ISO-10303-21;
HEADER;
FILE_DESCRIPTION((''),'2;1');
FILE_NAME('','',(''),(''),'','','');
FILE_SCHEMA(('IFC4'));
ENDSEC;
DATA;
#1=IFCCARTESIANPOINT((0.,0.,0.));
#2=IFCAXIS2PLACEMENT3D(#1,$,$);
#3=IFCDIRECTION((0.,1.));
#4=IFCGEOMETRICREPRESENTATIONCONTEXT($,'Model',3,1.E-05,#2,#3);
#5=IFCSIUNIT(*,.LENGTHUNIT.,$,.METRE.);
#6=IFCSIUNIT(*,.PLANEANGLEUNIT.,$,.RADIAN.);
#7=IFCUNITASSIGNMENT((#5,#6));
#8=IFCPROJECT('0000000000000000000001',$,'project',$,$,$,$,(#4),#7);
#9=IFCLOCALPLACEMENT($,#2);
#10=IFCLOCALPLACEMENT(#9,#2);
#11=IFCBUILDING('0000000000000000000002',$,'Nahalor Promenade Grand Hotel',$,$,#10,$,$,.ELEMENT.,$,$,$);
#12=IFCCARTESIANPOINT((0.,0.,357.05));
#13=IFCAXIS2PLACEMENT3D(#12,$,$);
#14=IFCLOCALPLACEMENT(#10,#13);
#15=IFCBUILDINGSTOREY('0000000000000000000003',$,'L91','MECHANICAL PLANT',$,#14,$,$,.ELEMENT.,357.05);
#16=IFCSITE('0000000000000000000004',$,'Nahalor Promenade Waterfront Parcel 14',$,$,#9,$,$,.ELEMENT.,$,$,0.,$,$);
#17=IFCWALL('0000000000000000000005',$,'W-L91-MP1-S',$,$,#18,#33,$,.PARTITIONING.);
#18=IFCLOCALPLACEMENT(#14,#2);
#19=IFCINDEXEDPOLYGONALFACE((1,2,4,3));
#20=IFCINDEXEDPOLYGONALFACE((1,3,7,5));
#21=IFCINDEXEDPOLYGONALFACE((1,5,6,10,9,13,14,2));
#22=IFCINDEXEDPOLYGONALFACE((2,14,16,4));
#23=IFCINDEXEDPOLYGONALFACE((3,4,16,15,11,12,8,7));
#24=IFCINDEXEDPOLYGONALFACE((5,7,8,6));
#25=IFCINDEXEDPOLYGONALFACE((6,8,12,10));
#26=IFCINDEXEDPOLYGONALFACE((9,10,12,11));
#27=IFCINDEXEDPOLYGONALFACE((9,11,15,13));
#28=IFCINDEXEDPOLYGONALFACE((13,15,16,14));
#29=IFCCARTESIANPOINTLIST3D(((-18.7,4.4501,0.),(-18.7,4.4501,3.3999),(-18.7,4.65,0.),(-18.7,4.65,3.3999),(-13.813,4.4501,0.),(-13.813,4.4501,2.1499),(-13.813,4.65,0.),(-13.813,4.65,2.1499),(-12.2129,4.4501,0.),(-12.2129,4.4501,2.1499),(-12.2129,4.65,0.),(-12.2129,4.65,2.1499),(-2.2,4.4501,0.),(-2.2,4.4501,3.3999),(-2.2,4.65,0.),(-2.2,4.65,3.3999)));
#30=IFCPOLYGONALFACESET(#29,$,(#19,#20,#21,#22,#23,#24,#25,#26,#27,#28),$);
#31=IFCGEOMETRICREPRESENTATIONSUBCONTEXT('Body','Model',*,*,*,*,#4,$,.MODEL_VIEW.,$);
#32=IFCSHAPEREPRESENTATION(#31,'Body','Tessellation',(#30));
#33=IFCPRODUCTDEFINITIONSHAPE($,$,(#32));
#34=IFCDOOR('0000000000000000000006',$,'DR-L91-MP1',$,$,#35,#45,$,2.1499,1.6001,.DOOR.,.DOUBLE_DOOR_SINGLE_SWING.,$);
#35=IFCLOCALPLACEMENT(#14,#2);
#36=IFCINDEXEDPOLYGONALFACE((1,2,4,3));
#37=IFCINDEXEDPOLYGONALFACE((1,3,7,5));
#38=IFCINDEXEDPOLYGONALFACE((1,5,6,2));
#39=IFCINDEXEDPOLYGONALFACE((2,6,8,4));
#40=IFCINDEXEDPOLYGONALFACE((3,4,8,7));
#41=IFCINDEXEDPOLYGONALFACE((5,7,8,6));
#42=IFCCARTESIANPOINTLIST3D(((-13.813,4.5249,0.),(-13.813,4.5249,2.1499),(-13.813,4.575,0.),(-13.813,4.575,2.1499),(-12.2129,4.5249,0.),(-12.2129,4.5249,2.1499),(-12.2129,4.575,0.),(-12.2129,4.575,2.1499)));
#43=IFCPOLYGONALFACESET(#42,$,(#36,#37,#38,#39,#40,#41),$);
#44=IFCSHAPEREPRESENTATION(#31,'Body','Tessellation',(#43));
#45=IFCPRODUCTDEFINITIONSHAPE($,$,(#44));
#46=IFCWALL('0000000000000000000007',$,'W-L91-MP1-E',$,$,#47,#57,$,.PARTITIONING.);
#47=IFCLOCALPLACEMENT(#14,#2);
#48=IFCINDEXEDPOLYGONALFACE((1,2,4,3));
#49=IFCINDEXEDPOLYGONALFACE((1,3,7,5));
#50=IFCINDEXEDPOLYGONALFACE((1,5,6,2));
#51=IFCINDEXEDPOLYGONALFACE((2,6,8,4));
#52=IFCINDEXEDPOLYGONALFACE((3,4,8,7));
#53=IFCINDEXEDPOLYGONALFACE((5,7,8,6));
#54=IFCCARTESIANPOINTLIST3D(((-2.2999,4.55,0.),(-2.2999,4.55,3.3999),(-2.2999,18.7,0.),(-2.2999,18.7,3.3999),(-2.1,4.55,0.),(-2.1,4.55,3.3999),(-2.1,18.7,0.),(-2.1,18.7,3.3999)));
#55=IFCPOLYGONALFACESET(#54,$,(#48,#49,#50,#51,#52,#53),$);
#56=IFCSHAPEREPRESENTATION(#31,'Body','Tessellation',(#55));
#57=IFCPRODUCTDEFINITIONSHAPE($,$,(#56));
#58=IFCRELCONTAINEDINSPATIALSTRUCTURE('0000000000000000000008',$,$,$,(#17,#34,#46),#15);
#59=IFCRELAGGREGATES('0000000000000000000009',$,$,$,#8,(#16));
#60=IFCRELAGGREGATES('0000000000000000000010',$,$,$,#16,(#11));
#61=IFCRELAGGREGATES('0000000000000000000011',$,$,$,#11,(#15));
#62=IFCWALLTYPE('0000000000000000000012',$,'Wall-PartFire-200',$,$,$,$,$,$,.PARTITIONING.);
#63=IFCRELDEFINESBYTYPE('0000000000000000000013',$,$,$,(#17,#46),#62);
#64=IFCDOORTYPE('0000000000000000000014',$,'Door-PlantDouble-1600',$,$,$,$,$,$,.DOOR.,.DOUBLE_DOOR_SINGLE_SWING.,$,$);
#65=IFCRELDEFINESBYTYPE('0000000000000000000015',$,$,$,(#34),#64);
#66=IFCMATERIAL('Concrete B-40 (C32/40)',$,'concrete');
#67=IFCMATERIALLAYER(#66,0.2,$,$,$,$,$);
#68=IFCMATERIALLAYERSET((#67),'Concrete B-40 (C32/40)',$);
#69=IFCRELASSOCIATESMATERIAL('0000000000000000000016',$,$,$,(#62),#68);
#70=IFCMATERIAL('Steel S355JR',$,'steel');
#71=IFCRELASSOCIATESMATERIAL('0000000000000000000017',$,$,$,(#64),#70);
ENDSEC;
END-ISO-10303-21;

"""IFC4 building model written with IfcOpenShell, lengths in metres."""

from ifc_helpers import new_model, si_unit, direction, frame, frame_2d, origin, place, context, subcontext, project, spatial, rectangle, extrude, source, transform, mapped, material, layer, layer_set, type_object, element, fill, save


model = new_model("IFC4")

# Units and contexts
model_context = context("Model", 3, precision=1e-05, world=origin(), true_north=direction((0.0, 1.0)))
body_context = subcontext(model_context, "Body", "Model", "MODEL_VIEW")
ifc_project = project(units=[si_unit("LENGTHUNIT", "METRE"), si_unit("PLANEANGLEUNIT", "RADIAN")], contexts=[model_context])

# Site, building, storey
site_placement = place(None, origin())
site = spatial("IfcSite", under=ifc_project, at=site_placement, Name="Nahalor Promenade Waterfront Parcel 14", CompositionType="ELEMENT", RefElevation=0.0)
building_placement = place(site_placement, origin())
building = spatial("IfcBuilding", under=site, at=building_placement, Name="Nahalor Promenade Grand Hotel", CompositionType="ELEMENT")
storey_placement = place(building_placement, frame((0.0, 0.0, 357.05)))
storey = spatial("IfcBuildingStorey", under=building, at=storey_placement, Name="L91", Description="MECHANICAL PLANT", CompositionType="ELEMENT", Elevation=357.05)

# Shared definitions
ifc_material_1 = material(Name="Steel S355JR", Category="steel")

# Wall, opening, door
ifc_material_2 = material(Name="Concrete B-40 (C32/40)", Category="concrete")
ifc_layer_1 = layer(ifc_material_2, 0.2)
ifc_layer_set_1 = layer_set([ifc_layer_1], Name="Concrete B-40 (C32/40)")
wall_type = type_object("IfcWallType", Name="Wall-PartFire-200", PredefinedType="PARTITIONING", material=ifc_layer_set_1)
shared_shape_1 = source(origin(), body_context, "Body", "SweptSolid", [
    extrude(rectangle(XDim=16.5, YDim=0.2, at=frame_2d((8.25, 0.0))), origin(), (0.0, 0.0, 1.0), 3.3999),
])
wall_1_placement = place(storey_placement, frame((-18.7, 4.55, 0.0), z_axis=(0.0, 0.0, 1.0), x_axis=(1.0, 0.0, 0.0)))
wall_1 = element("IfcWall", 1, at=wall_1_placement, inside=storey, type_object=wall_type, Name="W-L91-MP1-S", PredefinedType="PARTITIONING", context=body_context, shape_type="MappedRepresentation", body=[
    mapped(shared_shape_1, transform((0.0, 0.0, 0.0), scale=1.0)),
])
opening_1_placement = place(wall_1_placement, frame((4.887, 0.0, 0.0)))
opening_1 = element("IfcOpeningElement", 2, at=opening_1_placement, cuts=wall_1, PredefinedType="OPENING", context=body_context, shape_type="SweptSolid", body=[
    extrude(rectangle(XDim=1.6001, YDim=2.1499, at=frame_2d((0.8, 1.075))), frame((0.0, 0.1099, 0.0), z_axis=(0.0, -1.0, 0.0), x_axis=(1.0, 0.0, 0.0)), (0.0, 0.0, 1.0), 0.22),
])
door_type = type_object("IfcDoorType", Name="Door-PlantDouble-1600", OperationType="DOUBLE_DOOR_SINGLE_SWING", PredefinedType="DOOR", material=ifc_material_1)
shared_shape_2 = source(origin(), body_context, "Body", "SweptSolid", [
    extrude(rectangle(XDim=1.6001, YDim=2.1499, at=frame_2d((0.8, 1.075))), frame((0.0, 0.0249, 0.0), z_axis=(0.0, -1.0, 0.0), x_axis=(1.0, 0.0, 0.0)), (0.0, 0.0, 1.0), 0.05),
])
door_1_placement = place(opening_1_placement, origin())
door_1 = element("IfcDoor", 3, at=door_1_placement, inside=storey, type_object=door_type, Name="DR-L91-MP1", OperationType="DOUBLE_DOOR_SINGLE_SWING", OverallHeight=2.1499, OverallWidth=1.6001, PredefinedType="DOOR", context=body_context, shape_type="MappedRepresentation", body=[
    mapped(shared_shape_2, transform((0.0, 0.0, 0.0), scale=1.0)),
])
fill(opening_1, door_1)

# Wall
shared_shape_3 = source(origin(), body_context, "Body", "SweptSolid", [
    extrude(rectangle(XDim=14.1499, YDim=0.2, at=frame_2d((7.075, 0.0))), origin(), (0.0, 0.0, 1.0), 3.3999),
])
wall_2_placement = place(storey_placement, frame((-2.2, 4.55, 0.0), z_axis=(0.0, 0.0, 1.0), x_axis=(0.0, 1.0, 0.0)))
element("IfcWall", 4, at=wall_2_placement, inside=storey, type_object=wall_type, Name="W-L91-MP1-E", PredefinedType="PARTITIONING", context=body_context, shape_type="MappedRepresentation", body=[
    mapped(shared_shape_3, transform((0.0, 0.0, 0.0), scale=1.0)),
])

save(model, "model.ifc")
